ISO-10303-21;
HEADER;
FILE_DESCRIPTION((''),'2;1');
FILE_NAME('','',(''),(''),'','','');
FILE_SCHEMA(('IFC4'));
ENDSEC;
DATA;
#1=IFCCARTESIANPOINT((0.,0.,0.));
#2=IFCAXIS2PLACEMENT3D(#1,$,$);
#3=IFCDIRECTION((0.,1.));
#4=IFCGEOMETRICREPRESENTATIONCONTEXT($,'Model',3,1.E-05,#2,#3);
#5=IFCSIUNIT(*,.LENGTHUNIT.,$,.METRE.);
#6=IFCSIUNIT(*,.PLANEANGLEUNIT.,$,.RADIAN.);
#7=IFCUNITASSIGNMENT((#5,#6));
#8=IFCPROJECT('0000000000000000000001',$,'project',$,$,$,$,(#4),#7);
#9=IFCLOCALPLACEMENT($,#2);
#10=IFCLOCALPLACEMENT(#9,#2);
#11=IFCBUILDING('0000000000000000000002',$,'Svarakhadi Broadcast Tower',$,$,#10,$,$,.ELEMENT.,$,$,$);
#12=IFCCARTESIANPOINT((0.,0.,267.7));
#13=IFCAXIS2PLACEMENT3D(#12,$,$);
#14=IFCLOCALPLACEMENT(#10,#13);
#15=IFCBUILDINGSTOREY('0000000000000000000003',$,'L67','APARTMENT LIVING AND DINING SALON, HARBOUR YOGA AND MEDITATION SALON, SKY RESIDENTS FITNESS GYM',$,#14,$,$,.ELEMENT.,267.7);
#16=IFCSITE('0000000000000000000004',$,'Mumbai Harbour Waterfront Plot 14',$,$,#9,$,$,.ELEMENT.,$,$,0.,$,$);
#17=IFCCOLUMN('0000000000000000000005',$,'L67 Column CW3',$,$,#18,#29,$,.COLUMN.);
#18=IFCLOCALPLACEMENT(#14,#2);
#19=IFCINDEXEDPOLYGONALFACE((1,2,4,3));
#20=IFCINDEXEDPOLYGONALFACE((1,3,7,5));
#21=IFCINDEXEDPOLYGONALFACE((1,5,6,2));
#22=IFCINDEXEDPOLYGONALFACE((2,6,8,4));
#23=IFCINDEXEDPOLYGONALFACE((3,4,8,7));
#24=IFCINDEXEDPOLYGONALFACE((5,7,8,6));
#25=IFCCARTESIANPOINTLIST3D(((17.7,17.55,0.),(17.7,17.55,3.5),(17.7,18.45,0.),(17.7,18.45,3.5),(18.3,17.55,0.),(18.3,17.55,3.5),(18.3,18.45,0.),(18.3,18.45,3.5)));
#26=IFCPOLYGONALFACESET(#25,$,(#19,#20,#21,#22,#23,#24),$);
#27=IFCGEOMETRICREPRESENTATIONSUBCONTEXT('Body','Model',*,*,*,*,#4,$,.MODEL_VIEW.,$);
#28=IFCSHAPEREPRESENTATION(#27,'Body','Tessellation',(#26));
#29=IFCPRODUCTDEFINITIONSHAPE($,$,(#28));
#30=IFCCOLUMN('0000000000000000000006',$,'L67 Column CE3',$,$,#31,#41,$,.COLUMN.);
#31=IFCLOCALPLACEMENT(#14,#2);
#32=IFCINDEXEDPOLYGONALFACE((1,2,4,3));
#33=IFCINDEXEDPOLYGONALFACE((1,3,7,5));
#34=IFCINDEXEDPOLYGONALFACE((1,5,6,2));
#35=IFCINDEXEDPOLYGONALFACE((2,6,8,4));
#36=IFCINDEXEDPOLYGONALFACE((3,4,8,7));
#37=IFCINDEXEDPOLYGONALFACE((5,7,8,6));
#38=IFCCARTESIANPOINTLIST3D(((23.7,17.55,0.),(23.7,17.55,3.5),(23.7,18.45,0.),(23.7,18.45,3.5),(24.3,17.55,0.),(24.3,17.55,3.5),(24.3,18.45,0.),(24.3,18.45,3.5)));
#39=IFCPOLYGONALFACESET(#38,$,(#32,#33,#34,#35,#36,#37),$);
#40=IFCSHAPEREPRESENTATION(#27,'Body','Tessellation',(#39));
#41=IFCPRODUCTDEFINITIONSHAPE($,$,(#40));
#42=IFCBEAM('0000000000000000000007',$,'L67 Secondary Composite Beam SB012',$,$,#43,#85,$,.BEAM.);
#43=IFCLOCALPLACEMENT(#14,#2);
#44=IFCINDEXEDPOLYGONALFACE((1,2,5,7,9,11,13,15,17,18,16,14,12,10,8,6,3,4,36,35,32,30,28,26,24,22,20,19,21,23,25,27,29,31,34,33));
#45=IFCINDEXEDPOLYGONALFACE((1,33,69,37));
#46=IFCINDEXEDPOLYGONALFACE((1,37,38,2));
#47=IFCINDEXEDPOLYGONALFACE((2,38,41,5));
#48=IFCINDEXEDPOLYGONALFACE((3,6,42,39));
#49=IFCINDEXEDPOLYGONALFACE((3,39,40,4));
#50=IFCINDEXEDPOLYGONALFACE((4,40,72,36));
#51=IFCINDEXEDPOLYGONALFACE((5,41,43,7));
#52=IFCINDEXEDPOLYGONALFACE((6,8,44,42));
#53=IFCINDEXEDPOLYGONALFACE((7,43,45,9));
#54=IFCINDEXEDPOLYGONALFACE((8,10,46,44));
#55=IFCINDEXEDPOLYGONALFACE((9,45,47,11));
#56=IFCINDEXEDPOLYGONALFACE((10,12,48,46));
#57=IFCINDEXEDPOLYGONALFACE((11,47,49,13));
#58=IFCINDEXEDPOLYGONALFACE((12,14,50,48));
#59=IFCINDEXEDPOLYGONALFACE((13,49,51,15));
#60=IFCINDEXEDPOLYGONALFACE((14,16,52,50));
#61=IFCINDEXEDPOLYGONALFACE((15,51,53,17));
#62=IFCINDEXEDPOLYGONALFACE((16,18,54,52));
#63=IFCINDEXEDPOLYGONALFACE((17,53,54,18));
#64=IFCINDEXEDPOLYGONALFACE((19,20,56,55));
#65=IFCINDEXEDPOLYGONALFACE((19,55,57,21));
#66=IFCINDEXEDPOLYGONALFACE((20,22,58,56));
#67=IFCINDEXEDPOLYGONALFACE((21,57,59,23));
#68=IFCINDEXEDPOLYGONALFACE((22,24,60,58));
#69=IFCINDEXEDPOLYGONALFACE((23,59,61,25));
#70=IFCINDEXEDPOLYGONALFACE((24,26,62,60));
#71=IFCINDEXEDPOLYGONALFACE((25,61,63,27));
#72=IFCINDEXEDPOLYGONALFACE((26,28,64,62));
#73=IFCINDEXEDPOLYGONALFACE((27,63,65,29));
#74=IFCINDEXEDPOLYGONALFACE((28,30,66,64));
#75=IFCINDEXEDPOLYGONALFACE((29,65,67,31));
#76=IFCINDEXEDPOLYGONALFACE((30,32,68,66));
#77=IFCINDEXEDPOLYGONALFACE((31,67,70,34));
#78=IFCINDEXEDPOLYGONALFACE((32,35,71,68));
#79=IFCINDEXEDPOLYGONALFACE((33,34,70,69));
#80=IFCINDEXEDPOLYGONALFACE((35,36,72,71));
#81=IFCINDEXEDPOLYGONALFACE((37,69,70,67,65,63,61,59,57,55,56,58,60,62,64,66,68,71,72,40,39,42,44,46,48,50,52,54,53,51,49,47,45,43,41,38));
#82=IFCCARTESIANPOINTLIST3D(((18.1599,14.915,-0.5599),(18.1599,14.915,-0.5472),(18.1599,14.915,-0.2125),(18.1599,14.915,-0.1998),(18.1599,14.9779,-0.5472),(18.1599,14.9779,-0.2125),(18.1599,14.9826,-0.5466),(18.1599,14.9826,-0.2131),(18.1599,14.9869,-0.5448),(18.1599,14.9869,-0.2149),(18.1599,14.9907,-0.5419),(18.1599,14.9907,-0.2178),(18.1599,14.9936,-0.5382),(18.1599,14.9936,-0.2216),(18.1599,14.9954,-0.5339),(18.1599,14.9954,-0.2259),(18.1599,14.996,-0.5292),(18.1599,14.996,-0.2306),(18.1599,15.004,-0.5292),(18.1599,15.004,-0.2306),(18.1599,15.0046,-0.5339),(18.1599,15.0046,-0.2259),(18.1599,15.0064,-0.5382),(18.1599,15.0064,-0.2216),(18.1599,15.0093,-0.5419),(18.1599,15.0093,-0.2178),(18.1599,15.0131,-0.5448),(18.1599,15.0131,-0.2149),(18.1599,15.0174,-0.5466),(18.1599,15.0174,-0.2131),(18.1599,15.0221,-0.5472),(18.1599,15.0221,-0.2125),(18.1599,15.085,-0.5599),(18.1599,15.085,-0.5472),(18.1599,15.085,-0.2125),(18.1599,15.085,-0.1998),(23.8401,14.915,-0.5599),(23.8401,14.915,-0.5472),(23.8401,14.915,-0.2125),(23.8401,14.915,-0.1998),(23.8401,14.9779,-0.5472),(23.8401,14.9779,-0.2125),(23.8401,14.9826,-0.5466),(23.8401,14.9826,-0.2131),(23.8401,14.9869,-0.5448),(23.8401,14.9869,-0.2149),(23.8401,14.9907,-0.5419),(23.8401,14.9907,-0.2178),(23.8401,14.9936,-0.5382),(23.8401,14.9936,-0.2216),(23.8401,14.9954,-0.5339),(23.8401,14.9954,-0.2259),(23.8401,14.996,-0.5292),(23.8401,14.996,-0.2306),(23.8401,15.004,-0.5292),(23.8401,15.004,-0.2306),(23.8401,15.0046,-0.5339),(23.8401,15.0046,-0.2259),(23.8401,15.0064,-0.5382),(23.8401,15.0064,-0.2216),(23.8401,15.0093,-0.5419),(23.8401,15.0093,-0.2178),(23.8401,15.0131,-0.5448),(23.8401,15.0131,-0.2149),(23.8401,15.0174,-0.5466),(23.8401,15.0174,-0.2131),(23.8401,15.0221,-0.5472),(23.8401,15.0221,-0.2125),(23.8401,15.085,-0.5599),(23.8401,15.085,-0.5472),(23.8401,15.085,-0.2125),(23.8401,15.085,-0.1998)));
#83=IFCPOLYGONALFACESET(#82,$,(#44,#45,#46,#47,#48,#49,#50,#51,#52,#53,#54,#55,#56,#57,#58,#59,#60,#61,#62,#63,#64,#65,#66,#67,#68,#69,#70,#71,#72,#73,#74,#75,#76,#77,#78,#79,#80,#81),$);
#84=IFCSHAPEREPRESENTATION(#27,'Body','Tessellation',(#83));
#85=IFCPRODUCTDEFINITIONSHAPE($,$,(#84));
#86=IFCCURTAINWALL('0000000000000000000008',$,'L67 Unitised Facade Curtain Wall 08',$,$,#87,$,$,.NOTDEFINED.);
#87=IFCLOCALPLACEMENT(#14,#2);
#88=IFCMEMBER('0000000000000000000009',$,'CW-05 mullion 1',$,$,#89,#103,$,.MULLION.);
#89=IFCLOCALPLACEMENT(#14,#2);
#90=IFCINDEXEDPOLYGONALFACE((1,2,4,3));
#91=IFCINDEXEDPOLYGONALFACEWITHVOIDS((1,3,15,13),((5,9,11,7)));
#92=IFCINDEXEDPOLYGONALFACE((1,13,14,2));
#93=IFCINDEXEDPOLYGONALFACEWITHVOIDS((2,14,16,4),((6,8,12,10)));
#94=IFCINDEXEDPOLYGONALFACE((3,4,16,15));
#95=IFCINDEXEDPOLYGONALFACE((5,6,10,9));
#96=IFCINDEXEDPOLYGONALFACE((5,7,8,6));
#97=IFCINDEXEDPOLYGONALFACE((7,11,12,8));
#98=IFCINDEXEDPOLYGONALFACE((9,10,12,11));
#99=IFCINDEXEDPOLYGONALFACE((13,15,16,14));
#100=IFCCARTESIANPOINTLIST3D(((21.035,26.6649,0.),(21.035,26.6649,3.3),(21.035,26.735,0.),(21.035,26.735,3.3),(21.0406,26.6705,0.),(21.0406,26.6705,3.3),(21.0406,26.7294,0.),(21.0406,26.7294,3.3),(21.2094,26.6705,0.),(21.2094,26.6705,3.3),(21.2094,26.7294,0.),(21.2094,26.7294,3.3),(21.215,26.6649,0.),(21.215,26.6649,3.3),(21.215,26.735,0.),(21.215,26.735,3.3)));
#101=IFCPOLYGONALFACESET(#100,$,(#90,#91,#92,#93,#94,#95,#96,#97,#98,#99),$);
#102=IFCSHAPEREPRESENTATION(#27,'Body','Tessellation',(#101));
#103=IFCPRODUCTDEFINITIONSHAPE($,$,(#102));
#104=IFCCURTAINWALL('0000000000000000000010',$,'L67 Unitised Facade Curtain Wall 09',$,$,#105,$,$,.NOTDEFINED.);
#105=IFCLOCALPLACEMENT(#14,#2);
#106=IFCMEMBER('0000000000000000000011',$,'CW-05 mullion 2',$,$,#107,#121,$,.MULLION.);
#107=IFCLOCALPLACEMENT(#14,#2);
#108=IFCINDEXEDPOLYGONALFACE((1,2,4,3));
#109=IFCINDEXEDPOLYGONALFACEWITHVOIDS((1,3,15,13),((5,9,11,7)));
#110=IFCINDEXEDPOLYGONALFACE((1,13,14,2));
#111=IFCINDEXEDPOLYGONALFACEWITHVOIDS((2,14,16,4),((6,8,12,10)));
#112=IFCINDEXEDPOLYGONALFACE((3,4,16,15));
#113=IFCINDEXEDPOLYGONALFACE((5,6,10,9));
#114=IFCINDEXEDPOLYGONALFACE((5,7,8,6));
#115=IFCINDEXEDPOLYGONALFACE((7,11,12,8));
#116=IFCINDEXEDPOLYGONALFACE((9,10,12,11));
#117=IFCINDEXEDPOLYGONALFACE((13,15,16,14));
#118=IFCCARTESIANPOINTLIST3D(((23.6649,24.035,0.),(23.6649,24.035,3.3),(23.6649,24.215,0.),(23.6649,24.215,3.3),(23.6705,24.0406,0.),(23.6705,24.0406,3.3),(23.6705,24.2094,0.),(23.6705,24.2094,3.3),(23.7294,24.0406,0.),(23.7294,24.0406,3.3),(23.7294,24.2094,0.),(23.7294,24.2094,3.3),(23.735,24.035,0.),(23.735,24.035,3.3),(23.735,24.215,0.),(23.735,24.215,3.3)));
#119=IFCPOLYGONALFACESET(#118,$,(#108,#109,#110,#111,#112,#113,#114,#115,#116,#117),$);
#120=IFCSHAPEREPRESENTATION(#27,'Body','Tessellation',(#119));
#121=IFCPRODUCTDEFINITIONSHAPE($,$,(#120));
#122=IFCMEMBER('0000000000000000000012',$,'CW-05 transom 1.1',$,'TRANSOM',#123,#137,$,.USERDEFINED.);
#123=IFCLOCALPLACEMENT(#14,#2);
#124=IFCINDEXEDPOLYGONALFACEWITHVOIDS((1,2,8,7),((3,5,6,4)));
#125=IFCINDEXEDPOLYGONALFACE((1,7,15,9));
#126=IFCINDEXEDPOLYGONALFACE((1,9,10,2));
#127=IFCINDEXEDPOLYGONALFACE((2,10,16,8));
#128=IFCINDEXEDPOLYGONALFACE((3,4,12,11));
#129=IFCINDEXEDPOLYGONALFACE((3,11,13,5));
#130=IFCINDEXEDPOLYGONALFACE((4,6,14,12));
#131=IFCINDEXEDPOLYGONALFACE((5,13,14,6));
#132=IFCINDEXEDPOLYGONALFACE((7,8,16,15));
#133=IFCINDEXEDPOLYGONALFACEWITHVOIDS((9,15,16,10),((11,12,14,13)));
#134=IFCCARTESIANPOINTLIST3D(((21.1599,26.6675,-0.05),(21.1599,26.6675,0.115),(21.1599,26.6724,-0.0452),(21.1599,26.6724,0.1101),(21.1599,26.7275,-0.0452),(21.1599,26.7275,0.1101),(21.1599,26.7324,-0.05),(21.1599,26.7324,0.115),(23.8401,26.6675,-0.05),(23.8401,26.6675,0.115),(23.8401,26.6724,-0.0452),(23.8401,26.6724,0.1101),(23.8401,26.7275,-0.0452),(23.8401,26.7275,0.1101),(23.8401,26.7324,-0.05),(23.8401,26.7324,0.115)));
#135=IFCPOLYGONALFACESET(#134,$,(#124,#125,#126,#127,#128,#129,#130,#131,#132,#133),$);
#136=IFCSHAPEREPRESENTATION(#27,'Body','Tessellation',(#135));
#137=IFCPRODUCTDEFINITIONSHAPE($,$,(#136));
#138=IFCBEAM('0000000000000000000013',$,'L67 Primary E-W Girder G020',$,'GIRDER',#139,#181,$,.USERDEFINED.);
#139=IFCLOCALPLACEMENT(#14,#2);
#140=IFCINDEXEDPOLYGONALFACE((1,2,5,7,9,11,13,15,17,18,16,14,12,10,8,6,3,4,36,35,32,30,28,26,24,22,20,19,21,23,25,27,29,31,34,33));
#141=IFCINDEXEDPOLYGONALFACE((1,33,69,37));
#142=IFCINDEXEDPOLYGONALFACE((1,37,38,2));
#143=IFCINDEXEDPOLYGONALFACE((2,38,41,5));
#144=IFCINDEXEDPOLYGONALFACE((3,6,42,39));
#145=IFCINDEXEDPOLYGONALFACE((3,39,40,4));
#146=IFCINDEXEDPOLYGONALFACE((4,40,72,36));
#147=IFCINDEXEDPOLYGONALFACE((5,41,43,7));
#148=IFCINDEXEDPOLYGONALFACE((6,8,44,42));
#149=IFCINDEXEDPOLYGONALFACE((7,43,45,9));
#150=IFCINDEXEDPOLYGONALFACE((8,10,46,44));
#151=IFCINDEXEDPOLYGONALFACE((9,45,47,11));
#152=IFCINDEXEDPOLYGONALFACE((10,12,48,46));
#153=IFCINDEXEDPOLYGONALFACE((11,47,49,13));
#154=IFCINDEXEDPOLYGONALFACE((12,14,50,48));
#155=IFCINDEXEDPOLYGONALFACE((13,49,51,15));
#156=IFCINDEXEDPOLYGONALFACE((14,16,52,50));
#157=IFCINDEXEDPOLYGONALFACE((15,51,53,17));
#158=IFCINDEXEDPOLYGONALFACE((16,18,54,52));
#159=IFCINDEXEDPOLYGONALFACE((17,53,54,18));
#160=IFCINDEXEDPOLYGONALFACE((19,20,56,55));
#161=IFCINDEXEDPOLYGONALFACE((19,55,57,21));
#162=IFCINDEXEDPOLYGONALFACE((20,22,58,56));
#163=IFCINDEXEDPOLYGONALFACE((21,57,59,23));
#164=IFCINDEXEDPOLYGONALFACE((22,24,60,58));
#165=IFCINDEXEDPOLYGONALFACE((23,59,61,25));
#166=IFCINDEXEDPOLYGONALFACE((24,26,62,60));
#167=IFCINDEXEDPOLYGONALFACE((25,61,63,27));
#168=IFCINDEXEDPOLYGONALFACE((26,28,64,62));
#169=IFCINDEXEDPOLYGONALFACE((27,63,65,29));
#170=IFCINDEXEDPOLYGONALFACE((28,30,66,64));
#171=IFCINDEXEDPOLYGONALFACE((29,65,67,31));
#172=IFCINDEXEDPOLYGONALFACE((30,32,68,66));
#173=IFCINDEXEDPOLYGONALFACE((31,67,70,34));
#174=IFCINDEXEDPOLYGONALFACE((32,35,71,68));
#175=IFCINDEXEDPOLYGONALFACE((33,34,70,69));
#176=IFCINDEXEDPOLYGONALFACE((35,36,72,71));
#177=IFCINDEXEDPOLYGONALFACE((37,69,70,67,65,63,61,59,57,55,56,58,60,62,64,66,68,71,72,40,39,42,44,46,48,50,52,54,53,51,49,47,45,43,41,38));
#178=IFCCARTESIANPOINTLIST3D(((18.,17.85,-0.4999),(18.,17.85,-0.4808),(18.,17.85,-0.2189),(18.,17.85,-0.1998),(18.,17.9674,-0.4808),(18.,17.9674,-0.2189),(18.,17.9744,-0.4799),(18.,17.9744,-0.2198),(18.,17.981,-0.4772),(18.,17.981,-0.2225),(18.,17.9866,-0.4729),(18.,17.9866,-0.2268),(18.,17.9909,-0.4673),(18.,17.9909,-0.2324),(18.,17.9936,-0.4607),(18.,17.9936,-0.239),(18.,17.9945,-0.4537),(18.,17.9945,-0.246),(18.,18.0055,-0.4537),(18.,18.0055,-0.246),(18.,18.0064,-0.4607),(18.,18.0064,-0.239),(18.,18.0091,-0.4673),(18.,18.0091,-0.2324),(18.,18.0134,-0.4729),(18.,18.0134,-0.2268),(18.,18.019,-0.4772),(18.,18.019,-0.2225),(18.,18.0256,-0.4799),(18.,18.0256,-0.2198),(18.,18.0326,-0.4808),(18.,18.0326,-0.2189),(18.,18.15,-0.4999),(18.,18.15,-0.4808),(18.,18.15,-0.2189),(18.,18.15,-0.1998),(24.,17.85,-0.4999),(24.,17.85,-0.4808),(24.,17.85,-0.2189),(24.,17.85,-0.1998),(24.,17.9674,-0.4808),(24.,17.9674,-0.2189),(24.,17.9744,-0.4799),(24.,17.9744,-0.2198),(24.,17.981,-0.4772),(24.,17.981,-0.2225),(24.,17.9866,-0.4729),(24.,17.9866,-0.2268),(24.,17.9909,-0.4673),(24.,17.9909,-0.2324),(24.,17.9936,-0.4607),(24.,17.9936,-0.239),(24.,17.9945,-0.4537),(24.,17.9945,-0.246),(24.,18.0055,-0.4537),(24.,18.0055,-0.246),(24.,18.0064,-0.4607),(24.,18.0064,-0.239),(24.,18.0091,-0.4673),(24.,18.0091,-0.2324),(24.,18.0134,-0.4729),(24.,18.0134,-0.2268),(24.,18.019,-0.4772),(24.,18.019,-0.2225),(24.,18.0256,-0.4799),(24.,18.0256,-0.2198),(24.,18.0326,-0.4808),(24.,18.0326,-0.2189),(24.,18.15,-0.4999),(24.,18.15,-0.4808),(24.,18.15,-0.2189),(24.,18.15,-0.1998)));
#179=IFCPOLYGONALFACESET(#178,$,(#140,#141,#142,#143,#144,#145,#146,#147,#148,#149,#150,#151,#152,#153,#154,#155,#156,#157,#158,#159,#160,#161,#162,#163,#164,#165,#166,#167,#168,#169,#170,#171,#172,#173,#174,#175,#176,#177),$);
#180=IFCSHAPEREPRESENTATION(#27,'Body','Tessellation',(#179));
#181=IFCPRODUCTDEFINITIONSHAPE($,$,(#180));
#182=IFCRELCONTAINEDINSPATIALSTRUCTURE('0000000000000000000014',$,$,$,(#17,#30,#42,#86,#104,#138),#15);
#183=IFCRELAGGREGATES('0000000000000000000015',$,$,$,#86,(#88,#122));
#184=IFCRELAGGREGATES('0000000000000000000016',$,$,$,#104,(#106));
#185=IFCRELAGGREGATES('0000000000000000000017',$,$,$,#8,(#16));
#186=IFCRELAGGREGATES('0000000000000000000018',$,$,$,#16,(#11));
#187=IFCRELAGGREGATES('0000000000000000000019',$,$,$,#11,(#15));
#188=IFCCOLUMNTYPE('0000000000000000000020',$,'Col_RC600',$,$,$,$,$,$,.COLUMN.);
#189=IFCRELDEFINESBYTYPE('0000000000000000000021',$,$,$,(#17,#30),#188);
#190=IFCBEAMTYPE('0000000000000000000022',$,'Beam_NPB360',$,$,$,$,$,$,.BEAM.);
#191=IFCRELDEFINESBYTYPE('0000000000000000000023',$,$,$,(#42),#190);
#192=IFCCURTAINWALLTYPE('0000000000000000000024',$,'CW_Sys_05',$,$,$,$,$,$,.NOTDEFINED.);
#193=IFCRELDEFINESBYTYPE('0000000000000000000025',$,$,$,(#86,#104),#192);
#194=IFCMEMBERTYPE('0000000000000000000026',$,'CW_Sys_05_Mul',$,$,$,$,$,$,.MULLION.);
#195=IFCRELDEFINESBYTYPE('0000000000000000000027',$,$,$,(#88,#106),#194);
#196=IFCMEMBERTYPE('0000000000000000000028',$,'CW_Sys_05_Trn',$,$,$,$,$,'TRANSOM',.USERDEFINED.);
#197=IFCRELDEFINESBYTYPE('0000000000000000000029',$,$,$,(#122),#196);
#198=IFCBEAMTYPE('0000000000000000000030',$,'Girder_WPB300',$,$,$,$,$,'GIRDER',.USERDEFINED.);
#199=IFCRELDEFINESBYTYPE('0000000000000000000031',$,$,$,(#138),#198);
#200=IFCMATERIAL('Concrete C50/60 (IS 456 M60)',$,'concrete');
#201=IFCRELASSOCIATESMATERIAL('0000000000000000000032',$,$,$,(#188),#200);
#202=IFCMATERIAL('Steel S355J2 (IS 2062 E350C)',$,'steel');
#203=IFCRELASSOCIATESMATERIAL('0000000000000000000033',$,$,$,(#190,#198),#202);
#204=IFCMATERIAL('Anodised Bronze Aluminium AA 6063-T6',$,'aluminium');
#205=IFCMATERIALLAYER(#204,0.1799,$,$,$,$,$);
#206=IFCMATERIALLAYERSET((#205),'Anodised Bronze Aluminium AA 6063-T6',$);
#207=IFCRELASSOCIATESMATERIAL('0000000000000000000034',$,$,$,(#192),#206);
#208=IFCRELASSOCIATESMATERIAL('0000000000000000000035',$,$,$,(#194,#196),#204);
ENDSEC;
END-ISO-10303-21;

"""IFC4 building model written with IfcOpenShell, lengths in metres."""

from ifc_helpers import new_model, si_unit, direction, frame, origin, origin_2d, place, context, subcontext, project, spatial, rectangle, hollow_rectangle, i_section, extrude, material, layer, layer_set, material_profile, profile_set, type_object, element, aggregate, save


model = new_model("IFC4")

# Units and contexts
model_context = context("Model", 3, precision=1e-05, world=origin(), true_north=direction((0.0, 1.0)))
body_context = subcontext(model_context, "Body", "Model", "MODEL_VIEW")
ifc_project = project(units=[si_unit("LENGTHUNIT", "METRE"), si_unit("PLANEANGLEUNIT", "RADIAN")], contexts=[model_context])

# Site, building, storey
site_placement = place(None, origin())
site = spatial("IfcSite", under=ifc_project, at=site_placement, Name="Mumbai Harbour Waterfront Plot 14", CompositionType="ELEMENT", RefElevation=0.0)
building_placement = place(site_placement, origin())
building = spatial("IfcBuilding", under=site, at=building_placement, Name="Svarakhadi Broadcast Tower", CompositionType="ELEMENT")
storey_placement = place(building_placement, frame((0.0, 0.0, 267.7)))
storey = spatial("IfcBuildingStorey", under=building, at=storey_placement, Name="L67", Description="APARTMENT LIVING AND DINING SALON, HARBOUR YOGA AND MEDITATION SALON, SKY RESIDENTS FITNESS GYM", CompositionType="ELEMENT", Elevation=267.7)

# Columns
ifc_material_1 = material(Name="Concrete C50/60 (IS 456 M60)", Category="concrete")
ifc_material_profile_1 = material_profile(ifc_material_1, rectangle(XDim=0.6001, YDim=0.8999, at=origin_2d()), Name="RC 600x900")
ifc_profile_set_1 = profile_set([ifc_material_profile_1], Name="Concrete C50/60 (IS 456 M60)")
column_type = type_object("IfcColumnType", Name="Col_RC600", PredefinedType="COLUMN", material=ifc_profile_set_1)
for number, where, z_axis, x_axis, name in (
    (1, (18.0, 18.0, 0.0), (0.0, 0.0, 1.0), (1.0, 0.0, 0.0), "L67 Column CW3"),
    (2, (24.0, 18.0, 0.0), (0.0, 0.0, 1.0), (1.0, 0.0, 0.0), "L67 Column CE3"),
):
    element("IfcColumn", number, at=place(storey_placement, frame(where, z_axis=z_axis, x_axis=x_axis)), inside=storey, type_object=column_type, Name=name, PredefinedType="COLUMN", context=body_context, shape_type="SweptSolid", body=[
        extrude(rectangle(XDim=0.6001, YDim=0.8999, at=origin_2d()), origin(), (0.0, 0.0, 1.0), 3.5),
    ])

# Beam
ifc_material_2 = material(Name="Steel S355J2 (IS 2062 E350C)", Category="steel")
ifc_material_profile_2 = material_profile(ifc_material_2, i_section(OverallWidth=0.1699, OverallDepth=0.3601, WebThickness=0.0081, FlangeThickness=0.0127, FilletRadius=0.0181, at=origin_2d()), Name="NPB 360x170x57")
ifc_profile_set_2 = profile_set([ifc_material_profile_2], Name="Steel S355J2 (IS 2062 E350C)")
beam_type_1 = type_object("IfcBeamType", Name="Beam_NPB360", PredefinedType="BEAM", material=ifc_profile_set_2)
beam_placement = place(storey_placement, frame((18.1599, 15.0, -0.3799), z_axis=(1.0, 0.0, 0.0), x_axis=(0.0, 1.0, 0.0)))
element("IfcBeam", 3, at=beam_placement, inside=storey, type_object=beam_type_1, Name="L67 Secondary Composite Beam SB012", PredefinedType="BEAM", context=body_context, shape_type="SweptSolid", body=[
    extrude(i_section(OverallWidth=0.1699, OverallDepth=0.3601, WebThickness=0.0081, FlangeThickness=0.0127, FilletRadius=0.0181, at=origin_2d()), origin(), (0.0, 0.0, 1.0), 5.6802),
])

# Curtain walls, members
ifc_material_3 = material(Name="Anodised Bronze Aluminium AA 6063-T6", Category="aluminium")
ifc_layer_1 = layer(ifc_material_3, 0.1799)
ifc_layer_set_1 = layer_set([ifc_layer_1], Name="Anodised Bronze Aluminium AA 6063-T6")
curtain_wall_type = type_object("IfcCurtainWallType", Name="CW_Sys_05", PredefinedType="NOTDEFINED", material=ifc_layer_set_1)
curtain_wall_1_placement = place(storey_placement, origin())
curtain_wall_1 = element("IfcCurtainWall", 4, at=curtain_wall_1_placement, inside=storey, type_object=curtain_wall_type, Name="L67 Unitised Facade Curtain Wall 08", PredefinedType="NOTDEFINED")
ifc_material_profile_3 = material_profile(ifc_material_3, hollow_rectangle(XDim=0.0701, YDim=0.1799, WallThickness=0.0056, at=origin_2d()), Name="ALU MULLION 180x70x6")
ifc_profile_set_3 = profile_set([ifc_material_profile_3], Name="Anodised Bronze Aluminium AA 6063-T6")
member_type_1 = type_object("IfcMemberType", Name="CW_Sys_05_Mul", PredefinedType="MULLION", material=ifc_profile_set_3)
member_1_placement = place(storey_placement, frame((21.125, 26.7, 0.0), z_axis=(0.0, 0.0, 1.0), x_axis=(0.0, 1.0, 0.0)))
member_1 = element("IfcMember", 5, at=member_1_placement, type_object=member_type_1, Name="CW-05 mullion 1", PredefinedType="MULLION", context=body_context, shape_type="SweptSolid", body=[
    extrude(hollow_rectangle(XDim=0.0701, YDim=0.1799, WallThickness=0.0056, at=origin_2d()), origin(), (0.0, 0.0, 1.0), 3.3),
])
curtain_wall_2_placement = place(storey_placement, origin())
curtain_wall_2 = element("IfcCurtainWall", 6, at=curtain_wall_2_placement, inside=storey, type_object=curtain_wall_type, Name="L67 Unitised Facade Curtain Wall 09", PredefinedType="NOTDEFINED")
member_2_placement = place(storey_placement, frame((23.7, 24.125, 0.0), z_axis=(0.0, 0.0, 1.0), x_axis=(1.0, 0.0, 0.0)))
member_2 = element("IfcMember", 7, at=member_2_placement, type_object=member_type_1, Name="CW-05 mullion 2", PredefinedType="MULLION", context=body_context, shape_type="SweptSolid", body=[
    extrude(hollow_rectangle(XDim=0.0701, YDim=0.1799, WallThickness=0.0056, at=origin_2d()), origin(), (0.0, 0.0, 1.0), 3.3),
])

# Member
ifc_material_profile_4 = material_profile(ifc_material_3, hollow_rectangle(XDim=0.0649, YDim=0.165, WallThickness=0.0049, at=origin_2d()), Name="ALU TRANSOM 165x65x5")
ifc_profile_set_4 = profile_set([ifc_material_profile_4], Name="Anodised Bronze Aluminium AA 6063-T6")
member_type_2 = type_object("IfcMemberType", Name="CW_Sys_05_Trn", ElementType="TRANSOM", PredefinedType="USERDEFINED", material=ifc_profile_set_4)
member_3_placement = place(storey_placement, frame((21.1599, 26.7, 0.0325), z_axis=(1.0, 0.0, 0.0), x_axis=(0.0, 1.0, 0.0)))
member_3 = element("IfcMember", 8, at=member_3_placement, type_object=member_type_2, Name="CW-05 transom 1.1", ObjectType="TRANSOM", PredefinedType="USERDEFINED", context=body_context, shape_type="SweptSolid", body=[
    extrude(hollow_rectangle(XDim=0.0649, YDim=0.165, WallThickness=0.0049, at=origin_2d()), origin(), (0.0, 0.0, 1.0), 2.6802),
])
aggregate(curtain_wall_1, [member_1, member_3])

# Beam
ifc_material_profile_5 = material_profile(ifc_material_2, i_section(OverallWidth=0.3, OverallDepth=0.3, WebThickness=0.011, FlangeThickness=0.019, FilletRadius=0.0271, at=origin_2d()), Name="WPB 300x300x117")
ifc_profile_set_5 = profile_set([ifc_material_profile_5], Name="Steel S355J2 (IS 2062 E350C)")
beam_type_2 = type_object("IfcBeamType", Name="Girder_WPB300", ElementType="GIRDER", PredefinedType="USERDEFINED", material=ifc_profile_set_5)
for number, where, z_axis, x_axis, name in (
    (9, (18.0, 18.0, -0.3499), (1.0, 0.0, 0.0), (0.0, 1.0, 0.0), "L67 Primary E-W Girder G020"),
):
    element("IfcBeam", number, at=place(storey_placement, frame(where, z_axis=z_axis, x_axis=x_axis)), inside=storey, type_object=beam_type_2, Name=name, ObjectType="GIRDER", PredefinedType="USERDEFINED", context=body_context, shape_type="SweptSolid", body=[
        extrude(i_section(OverallWidth=0.3, OverallDepth=0.3, WebThickness=0.011, FlangeThickness=0.019, FilletRadius=0.0271, at=origin_2d()), origin(), (0.0, 0.0, 1.0), 6.0),
    ])

aggregate(curtain_wall_2, [member_2])

save(model, "model.ifc")
